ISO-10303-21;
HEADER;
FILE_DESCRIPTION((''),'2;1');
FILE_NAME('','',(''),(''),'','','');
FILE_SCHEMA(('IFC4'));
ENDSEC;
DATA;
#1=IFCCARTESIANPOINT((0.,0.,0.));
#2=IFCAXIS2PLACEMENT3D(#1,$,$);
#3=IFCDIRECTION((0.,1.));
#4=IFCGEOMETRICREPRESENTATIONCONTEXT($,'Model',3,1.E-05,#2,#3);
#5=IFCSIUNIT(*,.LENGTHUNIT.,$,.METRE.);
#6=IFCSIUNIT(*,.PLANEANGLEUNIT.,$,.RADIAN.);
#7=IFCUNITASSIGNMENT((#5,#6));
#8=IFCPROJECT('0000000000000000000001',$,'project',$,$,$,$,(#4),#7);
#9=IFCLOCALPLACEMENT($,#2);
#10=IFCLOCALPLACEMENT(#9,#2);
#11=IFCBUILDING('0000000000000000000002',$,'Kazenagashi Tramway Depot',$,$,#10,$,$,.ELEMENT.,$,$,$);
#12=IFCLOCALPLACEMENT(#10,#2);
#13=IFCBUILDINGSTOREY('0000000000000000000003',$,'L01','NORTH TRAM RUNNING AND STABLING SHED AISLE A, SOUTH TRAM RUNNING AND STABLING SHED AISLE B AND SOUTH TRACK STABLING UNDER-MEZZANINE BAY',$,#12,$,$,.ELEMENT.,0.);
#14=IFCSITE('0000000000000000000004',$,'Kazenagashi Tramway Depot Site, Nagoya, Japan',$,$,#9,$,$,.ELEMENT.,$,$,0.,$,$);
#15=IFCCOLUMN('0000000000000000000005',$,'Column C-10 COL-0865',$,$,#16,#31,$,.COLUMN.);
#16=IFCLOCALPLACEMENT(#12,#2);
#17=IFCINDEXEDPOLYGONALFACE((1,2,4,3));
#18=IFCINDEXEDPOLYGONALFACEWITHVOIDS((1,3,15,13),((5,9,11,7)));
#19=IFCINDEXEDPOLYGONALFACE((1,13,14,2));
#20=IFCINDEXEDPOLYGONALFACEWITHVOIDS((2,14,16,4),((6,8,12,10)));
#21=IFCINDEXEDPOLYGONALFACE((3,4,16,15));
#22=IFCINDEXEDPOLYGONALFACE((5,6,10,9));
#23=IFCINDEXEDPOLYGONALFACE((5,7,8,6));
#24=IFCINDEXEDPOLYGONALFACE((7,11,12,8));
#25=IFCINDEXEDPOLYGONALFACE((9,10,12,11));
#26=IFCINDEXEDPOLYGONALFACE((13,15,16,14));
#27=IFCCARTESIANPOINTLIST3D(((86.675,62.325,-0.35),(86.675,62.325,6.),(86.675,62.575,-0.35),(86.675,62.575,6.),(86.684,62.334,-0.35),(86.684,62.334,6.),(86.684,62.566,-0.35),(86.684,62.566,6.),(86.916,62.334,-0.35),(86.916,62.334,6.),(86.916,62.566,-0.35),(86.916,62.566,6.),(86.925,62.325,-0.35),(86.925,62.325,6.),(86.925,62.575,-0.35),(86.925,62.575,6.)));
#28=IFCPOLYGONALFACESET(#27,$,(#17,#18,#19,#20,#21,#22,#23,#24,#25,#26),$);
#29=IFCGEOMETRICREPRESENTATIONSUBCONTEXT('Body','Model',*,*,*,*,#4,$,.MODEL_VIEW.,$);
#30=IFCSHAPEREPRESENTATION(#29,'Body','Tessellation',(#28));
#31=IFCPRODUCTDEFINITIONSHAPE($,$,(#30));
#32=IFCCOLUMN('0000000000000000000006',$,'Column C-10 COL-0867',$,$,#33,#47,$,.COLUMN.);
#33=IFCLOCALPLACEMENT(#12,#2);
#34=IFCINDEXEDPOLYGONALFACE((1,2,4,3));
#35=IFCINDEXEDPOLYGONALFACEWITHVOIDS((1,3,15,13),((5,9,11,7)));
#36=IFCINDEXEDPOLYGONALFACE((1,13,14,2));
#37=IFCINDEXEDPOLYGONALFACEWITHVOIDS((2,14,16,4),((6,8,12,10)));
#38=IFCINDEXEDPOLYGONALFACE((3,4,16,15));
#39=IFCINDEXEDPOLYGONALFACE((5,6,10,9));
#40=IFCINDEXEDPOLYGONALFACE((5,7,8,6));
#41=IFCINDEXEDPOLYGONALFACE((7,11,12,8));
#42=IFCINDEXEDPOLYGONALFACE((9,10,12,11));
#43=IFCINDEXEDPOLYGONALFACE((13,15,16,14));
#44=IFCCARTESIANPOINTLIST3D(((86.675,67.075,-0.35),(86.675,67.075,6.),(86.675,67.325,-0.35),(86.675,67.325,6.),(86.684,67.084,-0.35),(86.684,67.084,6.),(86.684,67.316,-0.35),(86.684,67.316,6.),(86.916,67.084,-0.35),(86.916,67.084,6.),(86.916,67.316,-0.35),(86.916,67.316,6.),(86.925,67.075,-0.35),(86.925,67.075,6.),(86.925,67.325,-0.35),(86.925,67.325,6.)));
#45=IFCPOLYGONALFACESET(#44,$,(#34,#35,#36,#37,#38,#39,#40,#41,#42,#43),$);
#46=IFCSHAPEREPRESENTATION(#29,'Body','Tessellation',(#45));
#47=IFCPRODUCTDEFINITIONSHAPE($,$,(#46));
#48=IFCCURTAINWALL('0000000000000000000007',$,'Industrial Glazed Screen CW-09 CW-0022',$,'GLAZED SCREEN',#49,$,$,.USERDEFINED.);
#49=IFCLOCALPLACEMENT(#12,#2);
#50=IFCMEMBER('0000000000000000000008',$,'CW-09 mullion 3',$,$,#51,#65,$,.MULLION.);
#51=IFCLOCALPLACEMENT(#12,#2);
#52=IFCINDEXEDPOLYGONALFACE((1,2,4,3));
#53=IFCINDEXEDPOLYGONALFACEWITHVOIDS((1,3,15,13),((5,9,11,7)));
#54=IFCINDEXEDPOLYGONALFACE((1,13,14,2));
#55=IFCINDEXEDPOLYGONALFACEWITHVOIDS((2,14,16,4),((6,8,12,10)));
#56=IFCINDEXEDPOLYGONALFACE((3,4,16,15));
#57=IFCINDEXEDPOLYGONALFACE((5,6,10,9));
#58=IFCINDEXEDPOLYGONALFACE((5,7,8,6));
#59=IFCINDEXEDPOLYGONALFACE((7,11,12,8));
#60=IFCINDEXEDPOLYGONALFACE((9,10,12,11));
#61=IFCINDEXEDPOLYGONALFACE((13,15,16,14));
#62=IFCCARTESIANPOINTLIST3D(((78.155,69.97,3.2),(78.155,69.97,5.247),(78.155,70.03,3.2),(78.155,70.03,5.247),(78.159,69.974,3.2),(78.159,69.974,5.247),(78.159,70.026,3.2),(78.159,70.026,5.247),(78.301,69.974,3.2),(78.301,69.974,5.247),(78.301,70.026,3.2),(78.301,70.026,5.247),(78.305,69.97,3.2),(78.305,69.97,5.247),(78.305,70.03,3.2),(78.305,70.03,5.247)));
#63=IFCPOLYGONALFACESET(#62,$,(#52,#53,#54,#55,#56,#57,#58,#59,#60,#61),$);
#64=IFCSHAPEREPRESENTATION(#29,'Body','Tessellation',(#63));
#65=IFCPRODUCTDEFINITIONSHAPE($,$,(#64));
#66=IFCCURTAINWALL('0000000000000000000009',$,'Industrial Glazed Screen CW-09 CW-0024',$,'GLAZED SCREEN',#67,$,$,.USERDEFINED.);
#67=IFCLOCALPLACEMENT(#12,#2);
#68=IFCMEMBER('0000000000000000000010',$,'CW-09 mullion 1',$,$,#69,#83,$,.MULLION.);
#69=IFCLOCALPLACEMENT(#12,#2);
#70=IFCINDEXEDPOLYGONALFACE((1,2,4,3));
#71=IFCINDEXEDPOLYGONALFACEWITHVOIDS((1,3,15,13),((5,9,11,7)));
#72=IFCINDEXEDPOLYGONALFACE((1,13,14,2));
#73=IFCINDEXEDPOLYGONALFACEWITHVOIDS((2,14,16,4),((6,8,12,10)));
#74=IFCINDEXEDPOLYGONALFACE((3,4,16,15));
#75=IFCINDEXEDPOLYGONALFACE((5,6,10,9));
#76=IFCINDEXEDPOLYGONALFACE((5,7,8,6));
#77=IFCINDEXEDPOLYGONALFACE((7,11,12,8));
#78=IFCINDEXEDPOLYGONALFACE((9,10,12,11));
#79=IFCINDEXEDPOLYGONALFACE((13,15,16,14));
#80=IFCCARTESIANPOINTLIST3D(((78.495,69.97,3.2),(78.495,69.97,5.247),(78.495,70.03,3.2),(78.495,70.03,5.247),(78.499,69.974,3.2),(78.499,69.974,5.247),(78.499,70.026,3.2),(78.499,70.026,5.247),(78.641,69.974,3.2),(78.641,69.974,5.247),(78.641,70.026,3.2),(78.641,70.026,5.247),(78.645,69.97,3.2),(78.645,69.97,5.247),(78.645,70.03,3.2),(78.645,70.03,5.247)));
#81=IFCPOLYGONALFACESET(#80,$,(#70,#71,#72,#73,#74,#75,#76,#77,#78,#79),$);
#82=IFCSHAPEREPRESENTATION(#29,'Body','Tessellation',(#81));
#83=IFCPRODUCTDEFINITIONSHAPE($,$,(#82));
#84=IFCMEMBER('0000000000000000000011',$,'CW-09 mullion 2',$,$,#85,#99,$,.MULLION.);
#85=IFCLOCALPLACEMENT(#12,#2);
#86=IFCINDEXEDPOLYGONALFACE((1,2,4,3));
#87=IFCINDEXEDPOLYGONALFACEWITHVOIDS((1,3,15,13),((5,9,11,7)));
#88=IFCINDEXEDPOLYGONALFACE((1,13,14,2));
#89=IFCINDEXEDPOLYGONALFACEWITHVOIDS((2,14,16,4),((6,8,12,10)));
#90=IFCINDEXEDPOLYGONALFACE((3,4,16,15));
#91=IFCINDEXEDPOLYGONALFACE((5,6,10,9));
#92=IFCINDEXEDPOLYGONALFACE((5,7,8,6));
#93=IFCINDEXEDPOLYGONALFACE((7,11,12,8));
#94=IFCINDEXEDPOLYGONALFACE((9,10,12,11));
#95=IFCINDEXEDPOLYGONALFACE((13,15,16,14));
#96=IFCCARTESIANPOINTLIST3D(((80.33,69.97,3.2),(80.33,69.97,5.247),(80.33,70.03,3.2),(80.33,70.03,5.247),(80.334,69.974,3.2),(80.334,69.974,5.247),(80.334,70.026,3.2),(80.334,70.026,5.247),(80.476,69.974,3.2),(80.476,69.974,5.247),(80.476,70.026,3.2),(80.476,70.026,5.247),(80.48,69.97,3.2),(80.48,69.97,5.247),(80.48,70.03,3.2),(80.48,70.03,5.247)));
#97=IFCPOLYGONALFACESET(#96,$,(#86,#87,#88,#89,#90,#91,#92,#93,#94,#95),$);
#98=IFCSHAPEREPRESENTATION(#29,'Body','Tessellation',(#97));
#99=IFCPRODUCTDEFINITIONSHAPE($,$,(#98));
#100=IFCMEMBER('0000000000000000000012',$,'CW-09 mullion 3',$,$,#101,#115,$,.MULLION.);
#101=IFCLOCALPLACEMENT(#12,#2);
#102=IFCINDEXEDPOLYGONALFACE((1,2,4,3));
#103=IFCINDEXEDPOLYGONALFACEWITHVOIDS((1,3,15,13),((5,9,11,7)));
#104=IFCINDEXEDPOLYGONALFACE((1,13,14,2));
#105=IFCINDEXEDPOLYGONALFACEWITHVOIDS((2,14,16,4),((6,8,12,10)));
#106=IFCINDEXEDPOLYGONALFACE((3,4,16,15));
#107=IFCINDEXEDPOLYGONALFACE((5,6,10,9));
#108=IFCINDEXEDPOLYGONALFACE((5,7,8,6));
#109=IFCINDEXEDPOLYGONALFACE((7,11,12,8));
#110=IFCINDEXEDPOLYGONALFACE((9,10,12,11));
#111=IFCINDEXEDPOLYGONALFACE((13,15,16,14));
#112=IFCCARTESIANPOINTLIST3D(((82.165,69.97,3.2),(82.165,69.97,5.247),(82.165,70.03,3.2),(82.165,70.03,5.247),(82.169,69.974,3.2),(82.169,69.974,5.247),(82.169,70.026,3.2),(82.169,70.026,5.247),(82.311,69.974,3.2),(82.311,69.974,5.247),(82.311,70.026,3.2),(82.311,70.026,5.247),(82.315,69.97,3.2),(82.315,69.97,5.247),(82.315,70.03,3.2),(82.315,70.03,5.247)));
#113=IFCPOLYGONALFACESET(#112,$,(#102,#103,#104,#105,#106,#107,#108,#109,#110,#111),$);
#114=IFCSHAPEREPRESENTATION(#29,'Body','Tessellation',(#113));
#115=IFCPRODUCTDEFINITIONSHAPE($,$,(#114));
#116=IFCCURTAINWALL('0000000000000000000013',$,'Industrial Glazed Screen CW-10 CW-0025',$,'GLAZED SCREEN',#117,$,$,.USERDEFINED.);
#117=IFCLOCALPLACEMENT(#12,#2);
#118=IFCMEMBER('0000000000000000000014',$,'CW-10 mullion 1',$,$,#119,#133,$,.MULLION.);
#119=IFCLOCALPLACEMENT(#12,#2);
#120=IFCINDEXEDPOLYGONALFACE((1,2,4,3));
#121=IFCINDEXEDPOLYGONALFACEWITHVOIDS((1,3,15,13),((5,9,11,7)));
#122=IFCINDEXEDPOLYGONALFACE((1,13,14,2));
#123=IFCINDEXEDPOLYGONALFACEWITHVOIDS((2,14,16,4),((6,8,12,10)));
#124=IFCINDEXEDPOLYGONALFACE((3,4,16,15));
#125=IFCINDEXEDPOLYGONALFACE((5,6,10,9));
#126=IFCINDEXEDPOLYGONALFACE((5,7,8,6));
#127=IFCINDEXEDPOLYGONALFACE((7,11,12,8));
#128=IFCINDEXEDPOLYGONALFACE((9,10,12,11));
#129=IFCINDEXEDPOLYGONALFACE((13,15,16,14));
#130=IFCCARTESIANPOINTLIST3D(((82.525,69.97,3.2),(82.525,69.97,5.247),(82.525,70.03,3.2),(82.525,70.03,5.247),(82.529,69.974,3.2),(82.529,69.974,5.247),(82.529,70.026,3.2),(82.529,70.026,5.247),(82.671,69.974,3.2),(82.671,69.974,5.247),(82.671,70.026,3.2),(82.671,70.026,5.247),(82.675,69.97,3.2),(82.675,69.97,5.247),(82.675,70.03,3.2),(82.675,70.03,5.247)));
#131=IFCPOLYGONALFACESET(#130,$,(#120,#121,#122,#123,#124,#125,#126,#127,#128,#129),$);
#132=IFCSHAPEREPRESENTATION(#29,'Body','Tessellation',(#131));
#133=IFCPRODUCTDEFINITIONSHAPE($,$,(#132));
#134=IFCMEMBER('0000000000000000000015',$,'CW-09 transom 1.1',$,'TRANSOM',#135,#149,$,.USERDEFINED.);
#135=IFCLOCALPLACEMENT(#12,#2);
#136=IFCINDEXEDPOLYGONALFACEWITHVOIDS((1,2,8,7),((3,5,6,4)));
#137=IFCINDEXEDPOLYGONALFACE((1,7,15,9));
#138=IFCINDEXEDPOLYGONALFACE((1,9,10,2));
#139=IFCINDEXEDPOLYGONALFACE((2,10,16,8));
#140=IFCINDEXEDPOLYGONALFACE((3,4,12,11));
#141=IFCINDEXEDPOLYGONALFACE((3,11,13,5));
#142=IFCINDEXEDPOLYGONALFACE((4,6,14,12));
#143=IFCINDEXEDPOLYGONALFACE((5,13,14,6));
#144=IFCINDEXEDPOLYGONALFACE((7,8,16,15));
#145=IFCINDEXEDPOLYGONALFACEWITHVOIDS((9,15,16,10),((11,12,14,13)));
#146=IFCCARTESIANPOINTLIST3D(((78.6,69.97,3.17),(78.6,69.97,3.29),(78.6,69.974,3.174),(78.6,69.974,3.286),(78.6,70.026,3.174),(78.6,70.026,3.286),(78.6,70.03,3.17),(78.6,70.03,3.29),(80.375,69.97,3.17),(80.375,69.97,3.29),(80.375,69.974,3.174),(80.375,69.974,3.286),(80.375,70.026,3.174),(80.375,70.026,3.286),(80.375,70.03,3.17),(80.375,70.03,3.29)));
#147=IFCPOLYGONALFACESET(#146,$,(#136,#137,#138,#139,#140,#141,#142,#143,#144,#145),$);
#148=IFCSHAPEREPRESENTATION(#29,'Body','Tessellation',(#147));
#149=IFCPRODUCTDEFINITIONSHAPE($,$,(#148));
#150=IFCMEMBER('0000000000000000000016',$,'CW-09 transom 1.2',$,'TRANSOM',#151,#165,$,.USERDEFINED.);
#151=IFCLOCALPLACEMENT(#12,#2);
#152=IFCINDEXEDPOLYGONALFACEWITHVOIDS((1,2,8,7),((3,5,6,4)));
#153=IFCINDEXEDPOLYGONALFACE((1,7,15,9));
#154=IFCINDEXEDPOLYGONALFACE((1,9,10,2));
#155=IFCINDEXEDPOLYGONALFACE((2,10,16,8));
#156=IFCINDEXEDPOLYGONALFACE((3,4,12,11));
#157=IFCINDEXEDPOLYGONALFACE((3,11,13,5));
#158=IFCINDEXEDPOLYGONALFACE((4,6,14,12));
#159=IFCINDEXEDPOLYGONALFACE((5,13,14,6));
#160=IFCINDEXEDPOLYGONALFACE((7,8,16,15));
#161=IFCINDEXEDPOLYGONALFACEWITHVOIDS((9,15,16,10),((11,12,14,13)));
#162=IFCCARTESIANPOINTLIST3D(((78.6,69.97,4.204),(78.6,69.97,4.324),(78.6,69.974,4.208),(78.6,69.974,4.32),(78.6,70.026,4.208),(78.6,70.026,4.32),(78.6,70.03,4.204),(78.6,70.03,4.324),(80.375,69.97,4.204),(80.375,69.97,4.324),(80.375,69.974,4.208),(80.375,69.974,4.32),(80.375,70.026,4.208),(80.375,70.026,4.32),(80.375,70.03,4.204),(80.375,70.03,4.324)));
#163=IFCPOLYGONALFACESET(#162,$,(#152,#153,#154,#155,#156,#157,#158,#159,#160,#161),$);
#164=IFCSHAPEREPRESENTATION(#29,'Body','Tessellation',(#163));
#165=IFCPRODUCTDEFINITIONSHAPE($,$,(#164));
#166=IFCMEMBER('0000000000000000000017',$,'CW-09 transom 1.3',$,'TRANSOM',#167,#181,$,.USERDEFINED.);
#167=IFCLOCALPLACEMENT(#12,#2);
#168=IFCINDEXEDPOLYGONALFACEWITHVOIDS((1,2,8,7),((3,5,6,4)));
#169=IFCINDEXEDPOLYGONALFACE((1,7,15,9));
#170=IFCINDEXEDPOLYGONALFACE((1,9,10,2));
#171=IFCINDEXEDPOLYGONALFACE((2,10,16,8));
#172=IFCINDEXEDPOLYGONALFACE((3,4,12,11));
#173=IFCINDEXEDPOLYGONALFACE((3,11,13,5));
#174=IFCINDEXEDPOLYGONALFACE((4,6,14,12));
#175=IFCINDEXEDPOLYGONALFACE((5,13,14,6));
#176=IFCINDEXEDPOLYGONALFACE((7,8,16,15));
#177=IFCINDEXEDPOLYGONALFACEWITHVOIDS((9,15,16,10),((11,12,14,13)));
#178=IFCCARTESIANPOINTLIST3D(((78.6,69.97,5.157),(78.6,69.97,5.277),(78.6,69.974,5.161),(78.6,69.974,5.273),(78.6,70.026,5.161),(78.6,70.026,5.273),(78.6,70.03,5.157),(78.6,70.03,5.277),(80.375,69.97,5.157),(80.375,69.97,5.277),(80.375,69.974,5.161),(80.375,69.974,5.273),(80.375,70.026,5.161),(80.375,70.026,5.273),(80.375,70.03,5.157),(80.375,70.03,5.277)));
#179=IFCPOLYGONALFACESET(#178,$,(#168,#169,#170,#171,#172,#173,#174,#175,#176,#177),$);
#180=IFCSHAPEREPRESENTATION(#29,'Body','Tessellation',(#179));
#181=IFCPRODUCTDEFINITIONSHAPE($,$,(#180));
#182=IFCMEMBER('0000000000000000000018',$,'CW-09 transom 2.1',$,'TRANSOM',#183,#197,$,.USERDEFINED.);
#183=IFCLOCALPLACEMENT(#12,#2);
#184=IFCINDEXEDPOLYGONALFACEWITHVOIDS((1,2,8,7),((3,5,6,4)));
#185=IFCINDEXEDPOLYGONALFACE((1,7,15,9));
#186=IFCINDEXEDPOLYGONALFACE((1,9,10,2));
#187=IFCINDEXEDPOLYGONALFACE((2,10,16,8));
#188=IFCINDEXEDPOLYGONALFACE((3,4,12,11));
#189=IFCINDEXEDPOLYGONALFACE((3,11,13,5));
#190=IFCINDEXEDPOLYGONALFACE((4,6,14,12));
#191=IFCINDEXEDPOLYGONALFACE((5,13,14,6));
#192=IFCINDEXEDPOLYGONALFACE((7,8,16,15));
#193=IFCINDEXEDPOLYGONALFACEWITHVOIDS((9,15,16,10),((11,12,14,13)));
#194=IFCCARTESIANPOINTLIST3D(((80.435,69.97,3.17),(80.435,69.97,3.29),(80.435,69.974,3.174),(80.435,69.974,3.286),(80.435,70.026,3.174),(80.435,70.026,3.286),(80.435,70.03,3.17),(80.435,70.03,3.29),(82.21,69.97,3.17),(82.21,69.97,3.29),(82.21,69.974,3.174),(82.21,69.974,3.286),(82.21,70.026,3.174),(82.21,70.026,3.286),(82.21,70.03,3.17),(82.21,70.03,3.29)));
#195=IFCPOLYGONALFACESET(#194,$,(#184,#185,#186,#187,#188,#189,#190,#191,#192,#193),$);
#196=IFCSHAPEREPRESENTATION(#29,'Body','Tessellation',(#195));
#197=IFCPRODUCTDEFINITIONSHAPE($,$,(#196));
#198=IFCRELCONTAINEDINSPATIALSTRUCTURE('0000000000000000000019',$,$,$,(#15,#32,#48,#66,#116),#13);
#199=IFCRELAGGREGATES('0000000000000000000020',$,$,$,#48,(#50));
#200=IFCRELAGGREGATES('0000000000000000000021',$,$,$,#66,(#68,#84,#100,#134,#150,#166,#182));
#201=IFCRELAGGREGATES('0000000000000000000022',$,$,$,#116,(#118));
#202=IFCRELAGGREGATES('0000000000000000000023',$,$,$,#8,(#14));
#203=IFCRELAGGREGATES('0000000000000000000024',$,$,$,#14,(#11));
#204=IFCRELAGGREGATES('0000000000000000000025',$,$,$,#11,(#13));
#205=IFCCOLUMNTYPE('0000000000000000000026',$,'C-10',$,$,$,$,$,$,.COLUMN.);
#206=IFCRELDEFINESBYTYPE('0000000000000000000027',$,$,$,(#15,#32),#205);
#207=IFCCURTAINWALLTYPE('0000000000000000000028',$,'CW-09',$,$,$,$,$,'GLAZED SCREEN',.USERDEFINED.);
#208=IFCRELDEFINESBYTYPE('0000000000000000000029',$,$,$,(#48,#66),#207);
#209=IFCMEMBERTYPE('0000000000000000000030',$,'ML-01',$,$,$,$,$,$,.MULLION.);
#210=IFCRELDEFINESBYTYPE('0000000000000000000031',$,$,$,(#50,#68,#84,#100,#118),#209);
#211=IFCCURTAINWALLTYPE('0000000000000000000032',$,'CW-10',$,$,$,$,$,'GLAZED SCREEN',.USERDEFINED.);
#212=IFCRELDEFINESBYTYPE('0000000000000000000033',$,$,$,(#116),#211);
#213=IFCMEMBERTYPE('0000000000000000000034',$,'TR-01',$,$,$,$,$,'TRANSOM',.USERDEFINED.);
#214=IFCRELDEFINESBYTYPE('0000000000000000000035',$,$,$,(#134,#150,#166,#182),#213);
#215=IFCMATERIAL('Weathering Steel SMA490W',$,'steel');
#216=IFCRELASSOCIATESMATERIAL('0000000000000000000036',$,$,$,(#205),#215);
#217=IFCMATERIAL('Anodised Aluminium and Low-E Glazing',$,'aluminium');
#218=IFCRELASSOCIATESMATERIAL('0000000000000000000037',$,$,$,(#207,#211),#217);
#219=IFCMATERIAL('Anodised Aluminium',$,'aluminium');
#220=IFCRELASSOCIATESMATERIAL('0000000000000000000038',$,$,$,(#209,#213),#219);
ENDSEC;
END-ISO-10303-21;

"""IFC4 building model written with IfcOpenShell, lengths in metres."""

from ifc_helpers import new_model, si_unit, direction, frame, origin, origin_2d, place, context, subcontext, project, spatial, hollow_rectangle, extrude, material, material_profile, profile_set, type_object, element, aggregate, save


model = new_model("IFC4")

# Units and contexts
model_context = context("Model", 3, precision=1e-05, world=origin(), true_north=direction((0.0, 1.0)))
body_context = subcontext(model_context, "Body", "Model", "MODEL_VIEW")
ifc_project = project(units=[si_unit("LENGTHUNIT", "METRE"), si_unit("PLANEANGLEUNIT", "RADIAN")], contexts=[model_context])

# Site, building, storey
site_placement = place(None, origin())
site = spatial("IfcSite", under=ifc_project, at=site_placement, Name="Kazenagashi Tramway Depot Site, Nagoya, Japan", CompositionType="ELEMENT", RefElevation=0.0)
building_placement = place(site_placement, origin())
building = spatial("IfcBuilding", under=site, at=building_placement, Name="Kazenagashi Tramway Depot", CompositionType="ELEMENT")
storey_placement = place(building_placement, origin())
storey = spatial("IfcBuildingStorey", under=building, at=storey_placement, Name="L01", Description="NORTH TRAM RUNNING AND STABLING SHED AISLE A, SOUTH TRAM RUNNING AND STABLING SHED AISLE B AND SOUTH TRACK STABLING UNDER-MEZZANINE BAY", CompositionType="ELEMENT", Elevation=0.0)

# Columns
ifc_material_1 = material(Name="Weathering Steel SMA490W", Category="steel")
ifc_material_profile_1 = material_profile(ifc_material_1, hollow_rectangle(XDim=0.25, YDim=0.25, WallThickness=0.009, at=origin_2d()), Name="SHS-250x250x9")
ifc_profile_set_1 = profile_set([ifc_material_profile_1], Name="Weathering Steel SMA490W")
column_type_1 = type_object("IfcColumnType", Name="C-10", PredefinedType="COLUMN", material=ifc_profile_set_1)
for number, where, z_axis, x_axis, name in (
    (1, (86.8, 62.45, -0.35), (0.0, 0.0, 1.0), (1.0, 0.0, 0.0), "Column C-10 COL-0865"),
    (2, (86.8, 67.2, -0.35), (0.0, 0.0, 1.0), (1.0, 0.0, 0.0), "Column C-10 COL-0867"),
):
    element("IfcColumn", number, at=place(storey_placement, frame(where, z_axis=z_axis, x_axis=x_axis)), inside=storey, type_object=column_type_1, Name=name, PredefinedType="COLUMN", context=body_context, shape_type="SweptSolid", body=[
        extrude(hollow_rectangle(XDim=0.25, YDim=0.25, WallThickness=0.009, at=origin_2d()), origin(), (0.0, 0.0, 1.0), 6.35),
    ])

# Curtain wall, member
ifc_material_2 = material(Name="Anodised Aluminium and Low-E Glazing", Category="aluminium")
curtain_wall_type_1 = type_object("IfcCurtainWallType", Name="CW-09", ElementType="GLAZED SCREEN", PredefinedType="USERDEFINED", material=ifc_material_2)
curtain_wall_1_placement = place(storey_placement, origin())
curtain_wall_1 = element("IfcCurtainWall", 3, at=curtain_wall_1_placement, inside=storey, type_object=curtain_wall_type_1, Name="Industrial Glazed Screen CW-09 CW-0022", ObjectType="GLAZED SCREEN", PredefinedType="USERDEFINED")
ifc_material_3 = material(Name="Anodised Aluminium", Category="aluminium")
ifc_material_profile_2 = material_profile(ifc_material_3, hollow_rectangle(XDim=0.06, YDim=0.15, WallThickness=0.004, at=origin_2d()), Name="RHS-150x60x4")
ifc_profile_set_2 = profile_set([ifc_material_profile_2], Name="Anodised Aluminium")
member_type_1 = type_object("IfcMemberType", Name="ML-01", PredefinedType="MULLION", material=ifc_profile_set_2)
member_1_placement = place(storey_placement, frame((78.23, 70.0, 3.2), z_axis=(0.0, 0.0, 1.0), x_axis=(0.0, 1.0, 0.0)))
member_1 = element("IfcMember", 4, at=member_1_placement, type_object=member_type_1, Name="CW-09 mullion 3", PredefinedType="MULLION", context=body_context, shape_type="SweptSolid", body=[
    extrude(hollow_rectangle(XDim=0.06, YDim=0.15, WallThickness=0.004, at=origin_2d()), origin(), (0.0, 0.0, 1.0), 2.047),
])

# Curtain wall, members
curtain_wall_2_placement = place(storey_placement, origin())
curtain_wall_2 = element("IfcCurtainWall", 5, at=curtain_wall_2_placement, inside=storey, type_object=curtain_wall_type_1, Name="Industrial Glazed Screen CW-09 CW-0024", ObjectType="GLAZED SCREEN", PredefinedType="USERDEFINED")
member_2_placement = place(storey_placement, frame((78.57, 70.0, 3.2), z_axis=(0.0, 0.0, 1.0), x_axis=(0.0, 1.0, 0.0)))
member_2 = element("IfcMember", 6, at=member_2_placement, type_object=member_type_1, Name="CW-09 mullion 1", PredefinedType="MULLION", context=body_context, shape_type="SweptSolid", body=[
    extrude(hollow_rectangle(XDim=0.06, YDim=0.15, WallThickness=0.004, at=origin_2d()), origin(), (0.0, 0.0, 1.0), 2.047),
])
member_3_placement = place(storey_placement, frame((80.405, 70.0, 3.2), z_axis=(0.0, 0.0, 1.0), x_axis=(0.0, 1.0, 0.0)))
member_3 = element("IfcMember", 7, at=member_3_placement, type_object=member_type_1, Name="CW-09 mullion 2", PredefinedType="MULLION", context=body_context, shape_type="SweptSolid", body=[
    extrude(hollow_rectangle(XDim=0.06, YDim=0.15, WallThickness=0.004, at=origin_2d()), origin(), (0.0, 0.0, 1.0), 2.047),
])
member_4_placement = place(storey_placement, frame((82.24, 70.0, 3.2), z_axis=(0.0, 0.0, 1.0), x_axis=(0.0, 1.0, 0.0)))
member_4 = element("IfcMember", 8, at=member_4_placement, type_object=member_type_1, Name="CW-09 mullion 3", PredefinedType="MULLION", context=body_context, shape_type="SweptSolid", body=[
    extrude(hollow_rectangle(XDim=0.06, YDim=0.15, WallThickness=0.004, at=origin_2d()), origin(), (0.0, 0.0, 1.0), 2.047),
])

# Curtain wall, member
curtain_wall_type_2 = type_object("IfcCurtainWallType", Name="CW-10", ElementType="GLAZED SCREEN", PredefinedType="USERDEFINED", material=ifc_material_2)
curtain_wall_3_placement = place(storey_placement, origin())
curtain_wall_3 = element("IfcCurtainWall", 9, at=curtain_wall_3_placement, inside=storey, type_object=curtain_wall_type_2, Name="Industrial Glazed Screen CW-10 CW-0025", ObjectType="GLAZED SCREEN", PredefinedType="USERDEFINED")
member_5_placement = place(storey_placement, frame((82.6, 70.0, 3.2), z_axis=(0.0, 0.0, 1.0), x_axis=(0.0, 1.0, 0.0)))
member_5 = element("IfcMember", 10, at=member_5_placement, type_object=member_type_1, Name="CW-10 mullion 1", PredefinedType="MULLION", context=body_context, shape_type="SweptSolid", body=[
    extrude(hollow_rectangle(XDim=0.06, YDim=0.15, WallThickness=0.004, at=origin_2d()), origin(), (0.0, 0.0, 1.0), 2.047),
])

# Members
ifc_material_profile_3 = material_profile(ifc_material_3, hollow_rectangle(XDim=0.06, YDim=0.12, WallThickness=0.004, at=origin_2d()), Name="RHS-120x60x4")
ifc_profile_set_3 = profile_set([ifc_material_profile_3], Name="Anodised Aluminium")
member_type_2 = type_object("IfcMemberType", Name="TR-01", ElementType="TRANSOM", PredefinedType="USERDEFINED", material=ifc_profile_set_3)
member_6_placement = place(storey_placement, frame((78.6, 70.0, 3.23), z_axis=(1.0, 0.0, 0.0), x_axis=(0.0, 1.0, 0.0)))
member_6 = element("IfcMember", 11, at=member_6_placement, type_object=member_type_2, Name="CW-09 transom 1.1", ObjectType="TRANSOM", PredefinedType="USERDEFINED", context=body_context, shape_type="SweptSolid", body=[
    extrude(hollow_rectangle(XDim=0.06, YDim=0.12, WallThickness=0.004, at=origin_2d()), origin(), (0.0, 0.0, 1.0), 1.775),
])
member_7_placement = place(storey_placement, frame((78.6, 70.0, 4.264), z_axis=(1.0, 0.0, 0.0), x_axis=(0.0, 1.0, 0.0)))
member_7 = element("IfcMember", 12, at=member_7_placement, type_object=member_type_2, Name="CW-09 transom 1.2", ObjectType="TRANSOM", PredefinedType="USERDEFINED", context=body_context, shape_type="SweptSolid", body=[
    extrude(hollow_rectangle(XDim=0.06, YDim=0.12, WallThickness=0.004, at=origin_2d()), origin(), (0.0, 0.0, 1.0), 1.775),
])
member_8_placement = place(storey_placement, frame((78.6, 70.0, 5.217), z_axis=(1.0, 0.0, 0.0), x_axis=(0.0, 1.0, 0.0)))
member_8 = element("IfcMember", 13, at=member_8_placement, type_object=member_type_2, Name="CW-09 transom 1.3", ObjectType="TRANSOM", PredefinedType="USERDEFINED", context=body_context, shape_type="SweptSolid", body=[
    extrude(hollow_rectangle(XDim=0.06, YDim=0.12, WallThickness=0.004, at=origin_2d()), origin(), (0.0, 0.0, 1.0), 1.775),
])
member_9_placement = place(storey_placement, frame((80.435, 70.0, 3.23), z_axis=(1.0, 0.0, 0.0), x_axis=(0.0, 1.0, 0.0)))
member_9 = element("IfcMember", 14, at=member_9_placement, type_object=member_type_2, Name="CW-09 transom 2.1", ObjectType="TRANSOM", PredefinedType="USERDEFINED", context=body_context, shape_type="SweptSolid", body=[
    extrude(hollow_rectangle(XDim=0.06, YDim=0.12, WallThickness=0.004, at=origin_2d()), origin(), (0.0, 0.0, 1.0), 1.775),
])

aggregate(curtain_wall_1, [member_1])
aggregate(curtain_wall_2, [member_2, member_3, member_4, member_6, member_7, member_8, member_9])
aggregate(curtain_wall_3, [member_5])

save(model, "model.ifc")
